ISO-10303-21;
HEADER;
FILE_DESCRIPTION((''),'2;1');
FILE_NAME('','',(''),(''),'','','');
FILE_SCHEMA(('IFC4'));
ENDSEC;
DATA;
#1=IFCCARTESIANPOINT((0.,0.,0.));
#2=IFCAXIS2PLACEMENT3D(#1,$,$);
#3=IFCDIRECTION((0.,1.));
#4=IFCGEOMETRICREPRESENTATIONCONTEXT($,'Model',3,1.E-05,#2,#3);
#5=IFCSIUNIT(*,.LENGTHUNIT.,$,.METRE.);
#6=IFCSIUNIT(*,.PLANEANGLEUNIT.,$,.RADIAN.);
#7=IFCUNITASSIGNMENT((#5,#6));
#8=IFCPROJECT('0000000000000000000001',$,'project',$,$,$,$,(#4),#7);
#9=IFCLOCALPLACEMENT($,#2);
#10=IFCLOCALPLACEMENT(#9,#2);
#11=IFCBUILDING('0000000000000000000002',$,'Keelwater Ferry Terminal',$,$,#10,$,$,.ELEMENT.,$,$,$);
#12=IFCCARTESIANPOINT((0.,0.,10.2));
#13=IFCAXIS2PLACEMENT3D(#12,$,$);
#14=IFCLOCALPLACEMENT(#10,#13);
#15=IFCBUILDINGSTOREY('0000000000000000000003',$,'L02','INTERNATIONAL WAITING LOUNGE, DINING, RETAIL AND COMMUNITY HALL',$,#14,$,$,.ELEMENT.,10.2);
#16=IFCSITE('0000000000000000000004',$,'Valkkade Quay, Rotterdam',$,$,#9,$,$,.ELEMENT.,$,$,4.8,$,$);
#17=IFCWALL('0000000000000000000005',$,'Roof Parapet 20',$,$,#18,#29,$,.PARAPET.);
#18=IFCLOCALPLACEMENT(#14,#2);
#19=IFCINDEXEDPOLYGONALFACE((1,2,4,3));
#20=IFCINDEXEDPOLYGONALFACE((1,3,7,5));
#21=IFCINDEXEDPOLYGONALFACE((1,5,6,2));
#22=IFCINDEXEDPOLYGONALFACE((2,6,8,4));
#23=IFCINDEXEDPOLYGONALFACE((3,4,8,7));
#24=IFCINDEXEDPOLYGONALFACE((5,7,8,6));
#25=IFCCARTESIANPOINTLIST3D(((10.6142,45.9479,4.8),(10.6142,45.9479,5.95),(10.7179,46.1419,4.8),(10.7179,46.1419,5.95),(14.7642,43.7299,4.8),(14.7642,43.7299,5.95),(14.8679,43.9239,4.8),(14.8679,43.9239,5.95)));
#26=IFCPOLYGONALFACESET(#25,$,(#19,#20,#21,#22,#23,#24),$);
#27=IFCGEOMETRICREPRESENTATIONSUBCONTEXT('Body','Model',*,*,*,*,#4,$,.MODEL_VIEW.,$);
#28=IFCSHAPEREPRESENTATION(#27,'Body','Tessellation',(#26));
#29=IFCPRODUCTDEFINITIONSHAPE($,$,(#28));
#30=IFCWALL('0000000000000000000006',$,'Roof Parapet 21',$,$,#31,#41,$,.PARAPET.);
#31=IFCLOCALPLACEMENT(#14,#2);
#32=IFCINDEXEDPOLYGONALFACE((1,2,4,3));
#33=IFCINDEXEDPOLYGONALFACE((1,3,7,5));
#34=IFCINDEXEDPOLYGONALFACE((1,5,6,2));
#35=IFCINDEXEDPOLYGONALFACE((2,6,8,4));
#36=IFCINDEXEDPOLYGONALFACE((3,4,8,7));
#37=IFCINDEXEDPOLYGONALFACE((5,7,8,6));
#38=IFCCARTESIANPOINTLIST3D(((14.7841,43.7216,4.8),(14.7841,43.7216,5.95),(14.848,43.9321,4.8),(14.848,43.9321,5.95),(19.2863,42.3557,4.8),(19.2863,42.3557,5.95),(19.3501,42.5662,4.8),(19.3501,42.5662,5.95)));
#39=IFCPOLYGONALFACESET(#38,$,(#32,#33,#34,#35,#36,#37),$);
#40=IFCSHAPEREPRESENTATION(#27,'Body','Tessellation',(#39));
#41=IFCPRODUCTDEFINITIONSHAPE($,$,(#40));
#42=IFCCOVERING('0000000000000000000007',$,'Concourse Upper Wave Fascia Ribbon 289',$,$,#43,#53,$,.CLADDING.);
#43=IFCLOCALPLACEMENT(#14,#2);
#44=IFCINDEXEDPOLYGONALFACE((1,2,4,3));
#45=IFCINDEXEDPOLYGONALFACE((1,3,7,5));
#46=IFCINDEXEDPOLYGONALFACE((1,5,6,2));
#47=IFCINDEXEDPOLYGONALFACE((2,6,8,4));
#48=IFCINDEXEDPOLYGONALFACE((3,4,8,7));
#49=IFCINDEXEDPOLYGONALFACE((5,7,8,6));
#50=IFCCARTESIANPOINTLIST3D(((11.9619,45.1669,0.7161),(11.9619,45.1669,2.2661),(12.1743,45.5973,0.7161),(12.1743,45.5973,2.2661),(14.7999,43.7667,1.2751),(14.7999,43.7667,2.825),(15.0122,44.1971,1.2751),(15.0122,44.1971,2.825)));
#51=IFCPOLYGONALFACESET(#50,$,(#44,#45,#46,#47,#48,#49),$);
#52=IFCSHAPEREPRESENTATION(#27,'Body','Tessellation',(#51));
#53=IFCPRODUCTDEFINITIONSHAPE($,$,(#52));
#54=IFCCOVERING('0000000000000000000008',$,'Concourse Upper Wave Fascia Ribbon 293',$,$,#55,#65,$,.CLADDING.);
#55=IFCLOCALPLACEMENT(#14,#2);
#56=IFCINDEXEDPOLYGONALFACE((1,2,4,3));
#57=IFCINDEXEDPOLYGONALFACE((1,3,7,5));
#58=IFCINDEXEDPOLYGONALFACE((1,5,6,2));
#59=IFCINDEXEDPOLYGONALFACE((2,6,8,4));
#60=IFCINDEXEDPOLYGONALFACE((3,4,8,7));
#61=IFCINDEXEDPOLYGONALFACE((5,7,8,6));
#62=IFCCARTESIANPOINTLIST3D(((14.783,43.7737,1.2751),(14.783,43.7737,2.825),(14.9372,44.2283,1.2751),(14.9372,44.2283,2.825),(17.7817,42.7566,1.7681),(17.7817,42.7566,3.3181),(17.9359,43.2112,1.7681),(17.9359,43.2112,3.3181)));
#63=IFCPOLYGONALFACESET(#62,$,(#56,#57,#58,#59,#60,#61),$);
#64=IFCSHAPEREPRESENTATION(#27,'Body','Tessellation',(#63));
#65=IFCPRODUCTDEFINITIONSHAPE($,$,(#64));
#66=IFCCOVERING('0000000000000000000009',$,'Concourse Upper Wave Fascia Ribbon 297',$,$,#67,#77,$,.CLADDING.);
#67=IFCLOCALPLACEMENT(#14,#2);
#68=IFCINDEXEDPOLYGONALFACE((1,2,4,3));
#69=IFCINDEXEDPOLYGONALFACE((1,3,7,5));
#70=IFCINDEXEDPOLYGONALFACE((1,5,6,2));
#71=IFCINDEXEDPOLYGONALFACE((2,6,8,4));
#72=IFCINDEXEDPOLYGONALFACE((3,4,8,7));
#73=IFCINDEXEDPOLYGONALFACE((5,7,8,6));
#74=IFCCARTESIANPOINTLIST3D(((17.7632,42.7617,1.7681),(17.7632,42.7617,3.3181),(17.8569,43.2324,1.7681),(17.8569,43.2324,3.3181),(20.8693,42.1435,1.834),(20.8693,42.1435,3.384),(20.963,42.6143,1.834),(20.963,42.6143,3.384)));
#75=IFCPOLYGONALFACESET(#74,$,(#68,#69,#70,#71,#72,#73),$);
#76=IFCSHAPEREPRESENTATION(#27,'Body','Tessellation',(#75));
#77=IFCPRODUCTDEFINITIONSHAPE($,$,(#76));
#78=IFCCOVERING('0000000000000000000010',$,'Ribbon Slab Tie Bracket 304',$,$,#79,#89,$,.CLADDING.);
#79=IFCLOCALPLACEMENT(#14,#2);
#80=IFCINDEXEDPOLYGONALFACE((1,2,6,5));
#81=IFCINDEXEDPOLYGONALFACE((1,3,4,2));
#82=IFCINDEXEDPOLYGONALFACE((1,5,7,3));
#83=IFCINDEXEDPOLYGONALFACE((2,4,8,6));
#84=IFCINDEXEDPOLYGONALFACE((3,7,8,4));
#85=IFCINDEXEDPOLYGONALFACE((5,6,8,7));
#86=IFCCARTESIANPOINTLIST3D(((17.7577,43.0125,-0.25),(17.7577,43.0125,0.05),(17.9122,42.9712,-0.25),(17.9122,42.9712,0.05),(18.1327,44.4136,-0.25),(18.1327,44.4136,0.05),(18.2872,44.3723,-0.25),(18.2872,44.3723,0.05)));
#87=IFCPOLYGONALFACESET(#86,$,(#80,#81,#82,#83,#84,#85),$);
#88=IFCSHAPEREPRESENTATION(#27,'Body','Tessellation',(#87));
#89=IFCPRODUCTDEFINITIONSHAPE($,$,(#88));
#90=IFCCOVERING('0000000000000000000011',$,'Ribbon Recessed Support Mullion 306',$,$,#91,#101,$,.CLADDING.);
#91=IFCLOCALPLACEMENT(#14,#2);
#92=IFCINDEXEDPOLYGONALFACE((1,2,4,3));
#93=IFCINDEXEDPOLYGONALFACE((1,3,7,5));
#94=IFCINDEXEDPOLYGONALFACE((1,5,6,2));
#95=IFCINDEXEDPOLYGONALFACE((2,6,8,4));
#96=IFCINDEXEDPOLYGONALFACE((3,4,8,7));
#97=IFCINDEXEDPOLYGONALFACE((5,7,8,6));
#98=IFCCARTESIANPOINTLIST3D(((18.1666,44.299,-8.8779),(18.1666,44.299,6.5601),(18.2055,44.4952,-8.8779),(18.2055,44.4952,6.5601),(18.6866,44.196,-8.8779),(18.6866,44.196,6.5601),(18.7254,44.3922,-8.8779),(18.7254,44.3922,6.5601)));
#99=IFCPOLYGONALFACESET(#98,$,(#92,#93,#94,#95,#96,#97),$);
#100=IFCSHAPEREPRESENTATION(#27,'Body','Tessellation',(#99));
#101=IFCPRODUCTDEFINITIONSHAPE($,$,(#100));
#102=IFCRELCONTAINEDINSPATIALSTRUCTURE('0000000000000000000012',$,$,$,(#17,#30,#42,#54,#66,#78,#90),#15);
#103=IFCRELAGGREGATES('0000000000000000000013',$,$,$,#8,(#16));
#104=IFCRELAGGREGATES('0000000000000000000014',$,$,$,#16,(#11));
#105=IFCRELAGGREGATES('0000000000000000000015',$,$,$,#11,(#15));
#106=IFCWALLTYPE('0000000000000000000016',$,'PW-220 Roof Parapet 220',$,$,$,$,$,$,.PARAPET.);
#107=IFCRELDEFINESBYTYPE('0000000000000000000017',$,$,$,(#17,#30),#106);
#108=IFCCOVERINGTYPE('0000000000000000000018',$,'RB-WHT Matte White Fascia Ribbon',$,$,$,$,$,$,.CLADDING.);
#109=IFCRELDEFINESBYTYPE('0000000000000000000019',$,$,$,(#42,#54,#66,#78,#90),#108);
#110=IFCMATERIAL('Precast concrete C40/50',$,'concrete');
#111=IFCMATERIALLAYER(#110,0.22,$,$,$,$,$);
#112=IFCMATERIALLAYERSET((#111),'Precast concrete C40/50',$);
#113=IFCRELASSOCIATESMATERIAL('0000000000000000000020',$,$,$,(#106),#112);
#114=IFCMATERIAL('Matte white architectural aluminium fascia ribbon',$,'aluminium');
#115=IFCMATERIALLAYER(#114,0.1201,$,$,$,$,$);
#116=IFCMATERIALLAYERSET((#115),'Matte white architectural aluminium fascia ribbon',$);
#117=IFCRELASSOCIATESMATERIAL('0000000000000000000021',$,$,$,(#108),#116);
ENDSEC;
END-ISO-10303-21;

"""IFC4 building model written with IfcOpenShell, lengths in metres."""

from ifc_helpers import new_model, si_unit, direction, frame, frame_2d, origin, place, context, subcontext, project, spatial, polyline, rectangle, outline, extrude, material, layer, layer_set, type_object, element, save


model = new_model("IFC4")

# Units and contexts
model_context = context("Model", 3, precision=1e-05, world=origin(), true_north=direction((0.0, 1.0)))
body_context = subcontext(model_context, "Body", "Model", "MODEL_VIEW")
ifc_project = project(units=[si_unit("LENGTHUNIT", "METRE"), si_unit("PLANEANGLEUNIT", "RADIAN")], contexts=[model_context])

# Site, building, storey
site_placement = place(None, origin())
site = spatial("IfcSite", under=ifc_project, at=site_placement, Name="Valkkade Quay, Rotterdam", CompositionType="ELEMENT", RefElevation=4.8)
building_placement = place(site_placement, origin())
building = spatial("IfcBuilding", under=site, at=building_placement, Name="Keelwater Ferry Terminal", CompositionType="ELEMENT")
storey_placement = place(building_placement, frame((0.0, 0.0, 10.2)))
storey = spatial("IfcBuildingStorey", under=building, at=storey_placement, Name="L02", Description="INTERNATIONAL WAITING LOUNGE, DINING, RETAIL AND COMMUNITY HALL", CompositionType="ELEMENT", Elevation=10.2)

# Walls
ifc_material_1 = material(Name="Precast concrete C40/50", Category="concrete")
ifc_layer_1 = layer(ifc_material_1, 0.22)
ifc_layer_set_1 = layer_set([ifc_layer_1], Name="Precast concrete C40/50")
wall_type = type_object("IfcWallType", Name="PW-220 Roof Parapet 220", PredefinedType="PARAPET", material=ifc_layer_set_1)
wall_1_placement = place(storey_placement, frame((10.666, 46.0449, 4.8), z_axis=(0.0, 0.0, 1.0), x_axis=(0.881935, -0.471372, 0.0)))
element("IfcWall", 1, at=wall_1_placement, inside=storey, type_object=wall_type, Name="Roof Parapet 20", PredefinedType="PARAPET", context=body_context, shape_type="SweptSolid", body=[
    extrude(rectangle(XDim=4.7056, YDim=0.22, at=frame_2d((2.3528, 0.0))), origin(), (0.0, 0.0, 1.0), 1.1499),
])
wall_2_placement = place(storey_placement, frame((14.8159, 43.8269, 4.8), z_axis=(0.0, 0.0, 1.0), x_axis=(0.956926, -0.290331, 0.0)))
element("IfcWall", 2, at=wall_2_placement, inside=storey, type_object=wall_type, Name="Roof Parapet 21", PredefinedType="PARAPET", context=body_context, shape_type="SweptSolid", body=[
    extrude(rectangle(XDim=4.7048, YDim=0.22, at=frame_2d((2.3525, 0.0))), origin(), (0.0, 0.0, 1.0), 1.1499),
])

# Coverings
ifc_material_2 = material(Name="Matte white architectural aluminium fascia ribbon", Category="aluminium")
ifc_layer_2 = layer(ifc_material_2, 0.1201)
ifc_layer_set_2 = layer_set([ifc_layer_2], Name="Matte white architectural aluminium fascia ribbon")
covering_type = type_object("IfcCoveringType", Name="RB-WHT Matte White Fascia Ribbon", PredefinedType="CLADDING", material=ifc_layer_set_2)
covering_1_placement = place(storey_placement, frame((12.0681, 45.3821, 0.7161), z_axis=(0.0, 0.0, 1.0), x_axis=(0.896791, -0.442455, 0.0)))
element("IfcCovering", 3, at=covering_1_placement, inside=storey, type_object=covering_type, Name="Concourse Upper Wave Fascia Ribbon 289", PredefinedType="CLADDING", context=body_context, shape_type="SweptSolid", body=[
    extrude(outline(polyline([(0.0, 0.0), (3.1646, 0.5591), (3.1646, 2.1089), (0.0, 1.55), (0.0, 0.0)])), frame((0.0, 0.24, 0.0), z_axis=(0.0, -1.0, 0.0), x_axis=(1.0, 0.0, 0.0)), (0.0, 0.0, 1.0), 0.48),
])
covering_2_placement = place(storey_placement, frame((14.8601, 44.001, 1.2751), z_axis=(0.0, 0.0, 1.0), x_axis=(0.947013, -0.321196, 0.0)))
element("IfcCovering", 4, at=covering_2_placement, inside=storey, type_object=covering_type, Name="Concourse Upper Wave Fascia Ribbon 293", PredefinedType="CLADDING", context=body_context, shape_type="SweptSolid", body=[
    extrude(outline(polyline([(0.0, 0.0), (3.1665, 0.4929), (3.1665, 2.043), (0.0, 1.5498), (0.0, 0.0)])), frame((0.0, 0.24, 0.0), z_axis=(0.0, -1.0, 0.0), x_axis=(1.0, 0.0, 0.0)), (0.0, 0.0, 1.0), 0.48),
])
covering_3_placement = place(storey_placement, frame((17.8101, 42.9971, 1.7681), z_axis=(0.0, 0.0, 1.0), x_axis=(0.980764, -0.195197, 0.0)))
element("IfcCovering", 5, at=covering_3_placement, inside=storey, type_object=covering_type, Name="Concourse Upper Wave Fascia Ribbon 297", PredefinedType="CLADDING", context=body_context, shape_type="SweptSolid", body=[
    extrude(outline(polyline([(0.0, 0.0), (3.167, 0.0659), (3.167, 1.616), (0.0, 1.55), (0.0, 0.0)])), frame((0.0, 0.24, 0.0), z_axis=(0.0, -1.0, 0.0), x_axis=(1.0, 0.0, 0.0)), (0.0, 0.0, 1.0), 0.48),
])
covering_4_placement = place(storey_placement, frame((17.835, 42.9919, -0.25), z_axis=(0.0, 0.0, 1.0), x_axis=(0.258543, 0.966, 0.0)))
element("IfcCovering", 6, at=covering_4_placement, inside=storey, type_object=covering_type, Name="Ribbon Slab Tie Bracket 304", PredefinedType="CLADDING", context=body_context, shape_type="SweptSolid", body=[
    extrude(rectangle(XDim=1.4504, YDim=0.1599, at=frame_2d((0.7251, 0.0))), origin(), (0.0, 0.0, 1.0), 0.3),
])
covering_5_placement = place(storey_placement, frame((18.186, 44.397, -8.8779), z_axis=(0.0, 0.0, 1.0), x_axis=(0.980933, -0.194345, 0.0)))
element("IfcCovering", 7, at=covering_5_placement, inside=storey, type_object=covering_type, Name="Ribbon Recessed Support Mullion 306", PredefinedType="CLADDING", context=body_context, shape_type="SweptSolid", body=[
    extrude(outline(polyline([(0.0, 0.0), (0.53, 0.0), (0.53, 15.438), (0.0, 15.438), (0.0, 0.0)])), frame((0.0, 0.1001, 0.0), z_axis=(0.0, -1.0, 0.0), x_axis=(1.0, 0.0, 0.0)), (0.0, 0.0, 1.0), 0.2),
])

save(model, "model.ifc")
